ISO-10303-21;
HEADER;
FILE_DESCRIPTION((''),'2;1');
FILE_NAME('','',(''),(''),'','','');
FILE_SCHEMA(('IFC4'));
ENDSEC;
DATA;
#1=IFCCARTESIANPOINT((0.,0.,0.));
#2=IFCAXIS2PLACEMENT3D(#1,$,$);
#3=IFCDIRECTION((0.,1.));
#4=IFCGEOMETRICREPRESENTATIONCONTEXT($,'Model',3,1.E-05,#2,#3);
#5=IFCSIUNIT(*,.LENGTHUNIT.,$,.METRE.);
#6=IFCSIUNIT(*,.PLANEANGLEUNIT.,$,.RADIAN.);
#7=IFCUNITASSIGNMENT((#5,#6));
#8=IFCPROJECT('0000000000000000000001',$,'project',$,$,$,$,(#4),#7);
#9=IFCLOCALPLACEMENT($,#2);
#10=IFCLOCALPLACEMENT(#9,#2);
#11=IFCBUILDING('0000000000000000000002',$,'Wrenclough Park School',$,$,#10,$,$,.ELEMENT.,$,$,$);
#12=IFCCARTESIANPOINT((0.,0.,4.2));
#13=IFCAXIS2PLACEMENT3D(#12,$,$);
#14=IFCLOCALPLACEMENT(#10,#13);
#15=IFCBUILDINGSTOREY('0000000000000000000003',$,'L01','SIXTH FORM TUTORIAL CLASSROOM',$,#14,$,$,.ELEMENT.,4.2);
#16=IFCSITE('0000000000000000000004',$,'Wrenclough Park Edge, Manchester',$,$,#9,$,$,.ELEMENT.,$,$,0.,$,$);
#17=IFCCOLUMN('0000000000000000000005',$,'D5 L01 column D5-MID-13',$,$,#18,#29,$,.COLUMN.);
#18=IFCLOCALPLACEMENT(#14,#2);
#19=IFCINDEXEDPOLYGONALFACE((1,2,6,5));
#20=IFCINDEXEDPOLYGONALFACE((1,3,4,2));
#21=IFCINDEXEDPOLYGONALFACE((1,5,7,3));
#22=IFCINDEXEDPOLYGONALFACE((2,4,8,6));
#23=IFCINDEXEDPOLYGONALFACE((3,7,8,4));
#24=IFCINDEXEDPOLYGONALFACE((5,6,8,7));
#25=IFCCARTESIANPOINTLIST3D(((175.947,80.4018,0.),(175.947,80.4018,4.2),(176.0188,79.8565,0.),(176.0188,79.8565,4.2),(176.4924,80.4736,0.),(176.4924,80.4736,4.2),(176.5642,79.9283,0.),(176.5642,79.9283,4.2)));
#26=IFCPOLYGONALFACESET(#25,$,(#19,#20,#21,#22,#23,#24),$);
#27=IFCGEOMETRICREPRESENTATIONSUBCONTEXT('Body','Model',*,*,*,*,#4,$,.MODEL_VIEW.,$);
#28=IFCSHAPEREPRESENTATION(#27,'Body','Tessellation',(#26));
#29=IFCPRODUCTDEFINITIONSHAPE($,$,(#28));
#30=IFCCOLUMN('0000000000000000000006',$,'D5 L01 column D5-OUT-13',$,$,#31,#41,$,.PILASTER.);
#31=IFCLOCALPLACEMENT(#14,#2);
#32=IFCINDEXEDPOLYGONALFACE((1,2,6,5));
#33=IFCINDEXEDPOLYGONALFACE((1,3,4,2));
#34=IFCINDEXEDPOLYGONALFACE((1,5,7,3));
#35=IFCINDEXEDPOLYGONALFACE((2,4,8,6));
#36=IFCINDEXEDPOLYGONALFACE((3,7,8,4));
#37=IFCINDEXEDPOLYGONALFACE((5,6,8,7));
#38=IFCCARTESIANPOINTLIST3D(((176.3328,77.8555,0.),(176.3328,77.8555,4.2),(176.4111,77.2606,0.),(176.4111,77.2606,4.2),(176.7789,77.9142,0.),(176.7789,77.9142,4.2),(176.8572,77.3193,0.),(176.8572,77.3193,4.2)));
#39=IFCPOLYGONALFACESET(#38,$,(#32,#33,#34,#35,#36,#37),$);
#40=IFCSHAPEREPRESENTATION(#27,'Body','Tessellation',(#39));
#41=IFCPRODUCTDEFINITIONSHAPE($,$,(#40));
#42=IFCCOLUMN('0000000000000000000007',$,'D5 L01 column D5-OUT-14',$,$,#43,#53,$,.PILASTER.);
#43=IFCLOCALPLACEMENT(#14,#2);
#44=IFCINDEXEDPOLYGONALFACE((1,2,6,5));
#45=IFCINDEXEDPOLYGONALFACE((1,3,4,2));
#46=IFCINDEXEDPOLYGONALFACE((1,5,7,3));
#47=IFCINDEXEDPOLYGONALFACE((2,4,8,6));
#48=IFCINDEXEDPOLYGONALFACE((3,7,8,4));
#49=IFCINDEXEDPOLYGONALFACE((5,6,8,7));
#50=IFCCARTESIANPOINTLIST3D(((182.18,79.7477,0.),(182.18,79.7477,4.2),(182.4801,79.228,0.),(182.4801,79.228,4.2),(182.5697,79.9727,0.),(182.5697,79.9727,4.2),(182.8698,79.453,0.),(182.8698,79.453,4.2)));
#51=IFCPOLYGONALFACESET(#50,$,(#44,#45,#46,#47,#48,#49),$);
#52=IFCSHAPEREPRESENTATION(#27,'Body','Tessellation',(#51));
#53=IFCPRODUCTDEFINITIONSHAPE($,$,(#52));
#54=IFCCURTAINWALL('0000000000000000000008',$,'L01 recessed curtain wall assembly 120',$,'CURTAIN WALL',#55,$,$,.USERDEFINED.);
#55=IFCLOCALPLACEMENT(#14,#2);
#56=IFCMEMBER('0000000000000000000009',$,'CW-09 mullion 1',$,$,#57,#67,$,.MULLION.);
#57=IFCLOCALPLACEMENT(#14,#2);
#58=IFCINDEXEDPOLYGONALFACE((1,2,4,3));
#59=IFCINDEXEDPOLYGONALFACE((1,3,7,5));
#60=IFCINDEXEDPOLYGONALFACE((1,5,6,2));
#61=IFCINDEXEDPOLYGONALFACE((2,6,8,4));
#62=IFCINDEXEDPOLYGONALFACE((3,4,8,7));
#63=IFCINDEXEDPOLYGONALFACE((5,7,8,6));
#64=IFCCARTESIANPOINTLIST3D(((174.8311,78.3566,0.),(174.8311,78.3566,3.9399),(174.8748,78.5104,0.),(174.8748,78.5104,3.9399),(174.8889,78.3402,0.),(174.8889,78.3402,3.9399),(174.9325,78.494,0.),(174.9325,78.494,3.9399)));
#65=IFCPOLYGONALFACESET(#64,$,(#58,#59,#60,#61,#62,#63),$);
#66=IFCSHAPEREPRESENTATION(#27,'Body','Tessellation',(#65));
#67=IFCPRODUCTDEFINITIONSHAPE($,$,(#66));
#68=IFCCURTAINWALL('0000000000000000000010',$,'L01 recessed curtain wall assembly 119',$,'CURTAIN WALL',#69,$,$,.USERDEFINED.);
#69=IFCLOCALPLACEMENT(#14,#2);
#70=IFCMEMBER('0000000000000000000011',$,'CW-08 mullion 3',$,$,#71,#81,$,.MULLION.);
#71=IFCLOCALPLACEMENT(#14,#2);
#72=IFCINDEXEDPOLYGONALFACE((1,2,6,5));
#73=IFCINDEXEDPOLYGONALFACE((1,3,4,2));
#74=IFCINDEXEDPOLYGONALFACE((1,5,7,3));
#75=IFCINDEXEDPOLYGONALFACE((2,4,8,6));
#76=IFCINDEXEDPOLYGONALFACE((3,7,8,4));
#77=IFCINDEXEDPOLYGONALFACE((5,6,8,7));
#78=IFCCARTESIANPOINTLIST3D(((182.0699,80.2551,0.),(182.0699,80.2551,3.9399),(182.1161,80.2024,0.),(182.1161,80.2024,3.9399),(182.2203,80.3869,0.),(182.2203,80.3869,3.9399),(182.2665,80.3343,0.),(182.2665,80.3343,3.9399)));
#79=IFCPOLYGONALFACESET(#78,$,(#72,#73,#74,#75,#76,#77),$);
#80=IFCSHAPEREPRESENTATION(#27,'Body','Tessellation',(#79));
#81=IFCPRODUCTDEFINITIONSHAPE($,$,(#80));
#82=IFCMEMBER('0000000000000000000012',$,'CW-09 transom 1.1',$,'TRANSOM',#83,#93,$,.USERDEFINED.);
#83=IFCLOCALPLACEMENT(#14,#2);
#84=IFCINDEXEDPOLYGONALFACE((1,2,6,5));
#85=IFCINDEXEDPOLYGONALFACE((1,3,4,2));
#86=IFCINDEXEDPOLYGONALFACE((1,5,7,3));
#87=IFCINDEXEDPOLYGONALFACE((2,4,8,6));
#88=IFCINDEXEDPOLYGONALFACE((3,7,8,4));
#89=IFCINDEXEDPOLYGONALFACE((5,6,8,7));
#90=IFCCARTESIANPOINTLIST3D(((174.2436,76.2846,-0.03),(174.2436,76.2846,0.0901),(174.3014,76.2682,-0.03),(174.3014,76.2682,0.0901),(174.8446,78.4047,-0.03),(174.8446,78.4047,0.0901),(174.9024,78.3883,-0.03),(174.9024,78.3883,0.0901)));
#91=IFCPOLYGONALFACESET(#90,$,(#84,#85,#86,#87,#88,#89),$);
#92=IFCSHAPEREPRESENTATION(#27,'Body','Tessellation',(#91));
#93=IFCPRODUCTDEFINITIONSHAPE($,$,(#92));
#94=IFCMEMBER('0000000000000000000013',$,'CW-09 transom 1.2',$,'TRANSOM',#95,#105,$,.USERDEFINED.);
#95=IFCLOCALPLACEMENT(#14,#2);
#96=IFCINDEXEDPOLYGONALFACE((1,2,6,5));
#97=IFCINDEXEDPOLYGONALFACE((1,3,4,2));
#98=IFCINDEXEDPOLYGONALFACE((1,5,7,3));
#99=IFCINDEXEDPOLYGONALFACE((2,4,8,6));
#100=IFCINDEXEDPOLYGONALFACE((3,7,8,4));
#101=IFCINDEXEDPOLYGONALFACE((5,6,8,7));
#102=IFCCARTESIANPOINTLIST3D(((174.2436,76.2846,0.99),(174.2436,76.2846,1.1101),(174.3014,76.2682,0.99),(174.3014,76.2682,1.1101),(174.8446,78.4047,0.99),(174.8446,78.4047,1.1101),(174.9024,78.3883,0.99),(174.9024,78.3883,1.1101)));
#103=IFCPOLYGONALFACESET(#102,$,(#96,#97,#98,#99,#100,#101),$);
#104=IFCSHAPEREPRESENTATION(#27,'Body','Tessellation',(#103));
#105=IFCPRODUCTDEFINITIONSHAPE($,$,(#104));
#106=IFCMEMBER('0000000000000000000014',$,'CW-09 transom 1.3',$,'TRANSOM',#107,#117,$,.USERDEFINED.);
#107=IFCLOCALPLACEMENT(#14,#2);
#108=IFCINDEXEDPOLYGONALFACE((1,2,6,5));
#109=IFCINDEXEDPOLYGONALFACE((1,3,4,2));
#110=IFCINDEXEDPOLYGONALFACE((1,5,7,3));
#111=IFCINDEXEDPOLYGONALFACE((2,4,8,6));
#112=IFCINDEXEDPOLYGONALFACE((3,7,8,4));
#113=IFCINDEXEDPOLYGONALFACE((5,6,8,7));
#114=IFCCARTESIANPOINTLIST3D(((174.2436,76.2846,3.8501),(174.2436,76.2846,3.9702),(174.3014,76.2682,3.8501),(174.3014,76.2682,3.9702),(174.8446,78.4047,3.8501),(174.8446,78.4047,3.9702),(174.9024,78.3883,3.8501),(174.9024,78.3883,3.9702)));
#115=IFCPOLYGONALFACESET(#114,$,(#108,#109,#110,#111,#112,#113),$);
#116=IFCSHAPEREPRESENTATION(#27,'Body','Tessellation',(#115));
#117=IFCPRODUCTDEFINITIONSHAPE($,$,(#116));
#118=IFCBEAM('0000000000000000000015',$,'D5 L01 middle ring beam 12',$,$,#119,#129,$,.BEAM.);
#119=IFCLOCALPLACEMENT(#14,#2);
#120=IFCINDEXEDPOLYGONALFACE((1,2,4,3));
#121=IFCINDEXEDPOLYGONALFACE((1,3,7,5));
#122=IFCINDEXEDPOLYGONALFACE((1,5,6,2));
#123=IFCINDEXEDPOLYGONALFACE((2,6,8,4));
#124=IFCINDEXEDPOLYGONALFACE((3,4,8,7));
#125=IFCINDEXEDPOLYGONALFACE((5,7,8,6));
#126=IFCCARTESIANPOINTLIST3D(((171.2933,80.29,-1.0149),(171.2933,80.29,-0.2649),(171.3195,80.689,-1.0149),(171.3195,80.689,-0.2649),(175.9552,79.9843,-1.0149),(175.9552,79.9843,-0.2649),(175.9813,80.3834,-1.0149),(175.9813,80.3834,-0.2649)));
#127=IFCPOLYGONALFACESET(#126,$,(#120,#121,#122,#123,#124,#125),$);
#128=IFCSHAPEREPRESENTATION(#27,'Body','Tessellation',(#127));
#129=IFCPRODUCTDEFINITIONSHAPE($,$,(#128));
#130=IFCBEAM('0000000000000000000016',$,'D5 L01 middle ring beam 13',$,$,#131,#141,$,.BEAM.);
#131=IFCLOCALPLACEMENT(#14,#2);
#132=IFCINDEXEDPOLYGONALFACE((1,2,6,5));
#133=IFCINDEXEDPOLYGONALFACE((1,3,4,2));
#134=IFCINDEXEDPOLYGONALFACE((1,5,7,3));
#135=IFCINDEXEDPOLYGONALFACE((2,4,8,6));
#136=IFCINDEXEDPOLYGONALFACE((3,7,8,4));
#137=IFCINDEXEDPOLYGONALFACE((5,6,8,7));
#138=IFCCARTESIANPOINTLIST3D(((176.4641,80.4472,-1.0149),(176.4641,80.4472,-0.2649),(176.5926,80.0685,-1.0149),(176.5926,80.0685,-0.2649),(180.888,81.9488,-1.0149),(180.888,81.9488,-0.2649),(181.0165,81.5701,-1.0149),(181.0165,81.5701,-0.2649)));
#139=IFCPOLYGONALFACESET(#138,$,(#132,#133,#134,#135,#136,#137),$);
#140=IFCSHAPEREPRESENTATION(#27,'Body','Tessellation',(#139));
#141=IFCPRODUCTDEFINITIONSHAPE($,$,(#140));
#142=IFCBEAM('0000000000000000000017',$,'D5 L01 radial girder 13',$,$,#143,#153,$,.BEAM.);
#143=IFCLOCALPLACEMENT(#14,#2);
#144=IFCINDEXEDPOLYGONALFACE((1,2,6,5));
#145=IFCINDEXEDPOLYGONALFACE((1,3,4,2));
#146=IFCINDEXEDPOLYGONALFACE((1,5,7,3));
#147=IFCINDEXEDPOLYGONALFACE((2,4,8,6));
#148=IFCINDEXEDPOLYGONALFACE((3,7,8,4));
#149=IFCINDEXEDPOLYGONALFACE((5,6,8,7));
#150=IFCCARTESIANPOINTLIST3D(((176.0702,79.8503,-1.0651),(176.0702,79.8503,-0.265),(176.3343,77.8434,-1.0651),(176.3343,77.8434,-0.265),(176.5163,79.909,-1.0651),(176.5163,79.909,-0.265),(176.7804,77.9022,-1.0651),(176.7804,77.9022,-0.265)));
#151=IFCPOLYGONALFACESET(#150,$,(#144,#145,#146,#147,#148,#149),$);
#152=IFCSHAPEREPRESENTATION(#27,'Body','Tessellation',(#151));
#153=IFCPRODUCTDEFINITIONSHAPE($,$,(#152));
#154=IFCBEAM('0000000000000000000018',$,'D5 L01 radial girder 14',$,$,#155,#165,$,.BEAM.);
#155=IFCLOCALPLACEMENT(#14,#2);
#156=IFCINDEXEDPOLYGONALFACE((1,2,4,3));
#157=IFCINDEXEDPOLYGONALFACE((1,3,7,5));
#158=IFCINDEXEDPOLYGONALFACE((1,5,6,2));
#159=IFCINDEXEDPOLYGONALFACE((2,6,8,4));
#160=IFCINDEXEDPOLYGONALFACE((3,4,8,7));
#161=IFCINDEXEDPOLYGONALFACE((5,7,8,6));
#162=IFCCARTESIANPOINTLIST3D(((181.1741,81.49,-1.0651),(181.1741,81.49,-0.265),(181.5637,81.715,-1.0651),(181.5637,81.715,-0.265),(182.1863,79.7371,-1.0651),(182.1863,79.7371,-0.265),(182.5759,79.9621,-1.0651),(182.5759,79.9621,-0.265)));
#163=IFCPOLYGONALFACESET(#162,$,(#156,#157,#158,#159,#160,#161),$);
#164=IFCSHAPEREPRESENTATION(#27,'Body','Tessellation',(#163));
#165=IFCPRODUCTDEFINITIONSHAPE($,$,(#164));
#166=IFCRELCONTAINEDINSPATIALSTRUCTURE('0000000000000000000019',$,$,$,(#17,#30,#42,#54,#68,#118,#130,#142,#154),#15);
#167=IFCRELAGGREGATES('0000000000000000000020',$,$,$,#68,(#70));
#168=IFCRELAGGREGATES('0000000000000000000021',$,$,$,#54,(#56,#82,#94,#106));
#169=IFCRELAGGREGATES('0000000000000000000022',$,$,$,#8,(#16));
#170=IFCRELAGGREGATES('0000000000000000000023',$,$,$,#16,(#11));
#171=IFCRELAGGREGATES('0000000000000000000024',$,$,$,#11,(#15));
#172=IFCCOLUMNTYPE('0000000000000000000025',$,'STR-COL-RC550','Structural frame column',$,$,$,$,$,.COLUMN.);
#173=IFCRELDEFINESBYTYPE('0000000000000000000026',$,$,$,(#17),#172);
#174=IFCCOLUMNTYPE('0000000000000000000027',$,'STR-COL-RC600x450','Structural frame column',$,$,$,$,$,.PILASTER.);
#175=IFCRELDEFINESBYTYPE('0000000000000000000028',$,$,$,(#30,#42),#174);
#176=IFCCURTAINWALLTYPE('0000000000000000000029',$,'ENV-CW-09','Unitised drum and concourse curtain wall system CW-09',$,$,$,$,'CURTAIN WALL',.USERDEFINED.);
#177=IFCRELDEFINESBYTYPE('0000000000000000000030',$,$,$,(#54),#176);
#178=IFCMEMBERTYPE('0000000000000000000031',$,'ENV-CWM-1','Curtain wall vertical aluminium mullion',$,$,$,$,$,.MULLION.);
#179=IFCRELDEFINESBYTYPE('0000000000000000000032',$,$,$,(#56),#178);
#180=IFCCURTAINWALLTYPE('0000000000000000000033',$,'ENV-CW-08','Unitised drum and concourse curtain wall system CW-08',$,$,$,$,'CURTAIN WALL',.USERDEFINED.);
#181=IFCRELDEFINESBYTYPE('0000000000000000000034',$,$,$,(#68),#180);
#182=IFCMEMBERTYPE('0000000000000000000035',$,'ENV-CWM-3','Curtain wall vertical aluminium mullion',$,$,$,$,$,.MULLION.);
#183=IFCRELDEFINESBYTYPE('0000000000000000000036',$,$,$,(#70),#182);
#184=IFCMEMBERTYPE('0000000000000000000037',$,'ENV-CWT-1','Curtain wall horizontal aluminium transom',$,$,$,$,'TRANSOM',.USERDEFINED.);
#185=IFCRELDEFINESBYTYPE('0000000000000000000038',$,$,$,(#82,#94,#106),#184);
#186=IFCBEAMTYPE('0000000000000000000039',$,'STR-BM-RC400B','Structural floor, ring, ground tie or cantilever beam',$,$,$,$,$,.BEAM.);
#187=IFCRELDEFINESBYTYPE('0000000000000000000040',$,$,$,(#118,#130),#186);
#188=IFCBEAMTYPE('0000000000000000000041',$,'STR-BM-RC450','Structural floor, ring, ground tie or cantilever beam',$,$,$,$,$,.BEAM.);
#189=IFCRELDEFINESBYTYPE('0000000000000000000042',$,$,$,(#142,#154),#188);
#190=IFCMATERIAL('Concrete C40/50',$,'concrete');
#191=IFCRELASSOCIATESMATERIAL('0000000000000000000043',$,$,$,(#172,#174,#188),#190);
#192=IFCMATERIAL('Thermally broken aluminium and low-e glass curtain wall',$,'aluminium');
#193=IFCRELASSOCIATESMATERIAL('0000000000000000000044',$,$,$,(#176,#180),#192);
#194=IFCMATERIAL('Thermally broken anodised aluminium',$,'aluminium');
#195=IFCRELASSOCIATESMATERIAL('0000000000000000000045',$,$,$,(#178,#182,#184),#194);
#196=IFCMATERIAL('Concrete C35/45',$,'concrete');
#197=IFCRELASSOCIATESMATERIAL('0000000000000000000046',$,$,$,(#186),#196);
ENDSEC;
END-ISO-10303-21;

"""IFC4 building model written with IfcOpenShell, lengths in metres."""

from ifc_helpers import new_model, si_unit, direction, frame, origin, origin_2d, place, context, subcontext, project, spatial, rectangle, extrude, material, material_profile, profile_set, type_object, element, aggregate, save


model = new_model("IFC4")

# Units and contexts
model_context = context("Model", 3, precision=1e-05, world=origin(), true_north=direction((0.0, 1.0)))
body_context = subcontext(model_context, "Body", "Model", "MODEL_VIEW")
ifc_project = project(units=[si_unit("LENGTHUNIT", "METRE"), si_unit("PLANEANGLEUNIT", "RADIAN")], contexts=[model_context])

# Site, building, storey
site_placement = place(None, origin())
site = spatial("IfcSite", under=ifc_project, at=site_placement, Name="Wrenclough Park Edge, Manchester", CompositionType="ELEMENT", RefElevation=0.0)
building_placement = place(site_placement, origin())
building = spatial("IfcBuilding", under=site, at=building_placement, Name="Wrenclough Park School", CompositionType="ELEMENT")
storey_placement = place(building_placement, frame((0.0, 0.0, 4.2)))
storey = spatial("IfcBuildingStorey", under=building, at=storey_placement, Name="L01", Description="SIXTH FORM TUTORIAL CLASSROOM", CompositionType="ELEMENT", Elevation=4.2)

# Columns
ifc_material_1 = material(Name="Concrete C40/50", Category="concrete")
ifc_material_profile_1 = material_profile(ifc_material_1, rectangle(XDim=0.55, YDim=0.55, at=origin_2d()), Name="RC COL 550x550")
ifc_profile_set_1 = profile_set([ifc_material_profile_1], Name="Concrete C40/50")
column_type_1 = type_object("IfcColumnType", Name="STR-COL-RC550", Description="Structural frame column", PredefinedType="COLUMN", material=ifc_profile_set_1)
column_placement = place(storey_placement, frame((176.2556, 80.165, 0.0), z_axis=(0.0, 0.0, 1.0), x_axis=(0.991445, 0.130526, 0.0)))
element("IfcColumn", 1, at=column_placement, inside=storey, type_object=column_type_1, Name="D5 L01 column D5-MID-13", PredefinedType="COLUMN", context=body_context, shape_type="SweptSolid", body=[
    extrude(rectangle(XDim=0.55, YDim=0.55, at=origin_2d()), origin(), (0.0, 0.0, 1.0), 4.2),
])
ifc_material_profile_2 = material_profile(ifc_material_1, rectangle(XDim=0.45, YDim=0.6001, at=origin_2d()), Name="RC COL 600x450")
ifc_profile_set_2 = profile_set([ifc_material_profile_2], Name="Concrete C40/50")
column_type_2 = type_object("IfcColumnType", Name="STR-COL-RC600x450", Description="Structural frame column", PredefinedType="PILASTER", material=ifc_profile_set_2)
for number, where, z_axis, x_axis, name in (
    (2, (176.595, 77.5874, 0.0), (0.0, 0.0, 1.0), (0.991445, 0.130526, 0.0), "D5 L01 column D5-OUT-13"),
    (3, (182.5249, 79.6003, 0.0), (0.0, 0.0, 1.0), (0.866025, 0.5, 0.0), "D5 L01 column D5-OUT-14"),
):
    element("IfcColumn", number, at=place(storey_placement, frame(where, z_axis=z_axis, x_axis=x_axis)), inside=storey, type_object=column_type_2, Name=name, PredefinedType="PILASTER", context=body_context, shape_type="SweptSolid", body=[
        extrude(rectangle(XDim=0.45, YDim=0.6001, at=origin_2d()), origin(), (0.0, 0.0, 1.0), 4.2),
    ])

# Curtain walls, members
ifc_material_2 = material(Name="Thermally broken aluminium and low-e glass curtain wall", Category="aluminium")
curtain_wall_type_1 = type_object("IfcCurtainWallType", Name="ENV-CW-09", Description="Unitised drum and concourse curtain wall system CW-09", ElementType="CURTAIN WALL", PredefinedType="USERDEFINED", material=ifc_material_2)
curtain_wall_1_placement = place(storey_placement, origin())
curtain_wall_1 = element("IfcCurtainWall", 4, at=curtain_wall_1_placement, inside=storey, type_object=curtain_wall_type_1, Name="L01 recessed curtain wall assembly 120", ObjectType="CURTAIN WALL", PredefinedType="USERDEFINED")
ifc_material_3 = material(Name="Thermally broken anodised aluminium", Category="aluminium")
ifc_material_profile_3 = material_profile(ifc_material_3, rectangle(XDim=0.0601, YDim=0.1599, at=origin_2d()), Name="AL MULLION 60x160")
ifc_profile_set_3 = profile_set([ifc_material_profile_3], Name="Thermally broken anodised aluminium")
member_type_1 = type_object("IfcMemberType", Name="ENV-CWM-1", Description="Curtain wall vertical aluminium mullion", PredefinedType="MULLION", material=ifc_profile_set_3)
member_1_placement = place(storey_placement, frame((174.8818, 78.4253, 0.0), z_axis=(0.0, 0.0, 1.0), x_axis=(0.962063, -0.272826, 0.0)))
member_1 = element("IfcMember", 5, at=member_1_placement, type_object=member_type_1, Name="CW-09 mullion 1", PredefinedType="MULLION", context=body_context, shape_type="SweptSolid", body=[
    extrude(rectangle(XDim=0.0601, YDim=0.1599, at=origin_2d()), origin(), (0.0, 0.0, 1.0), 3.9399),
])
curtain_wall_type_2 = type_object("IfcCurtainWallType", Name="ENV-CW-08", Description="Unitised drum and concourse curtain wall system CW-08", ElementType="CURTAIN WALL", PredefinedType="USERDEFINED", material=ifc_material_2)
curtain_wall_2_placement = place(storey_placement, origin())
curtain_wall_2 = element("IfcCurtainWall", 6, at=curtain_wall_2_placement, inside=storey, type_object=curtain_wall_type_2, Name="L01 recessed curtain wall assembly 119", ObjectType="CURTAIN WALL", PredefinedType="USERDEFINED")
ifc_material_profile_4 = material_profile(ifc_material_3, rectangle(XDim=0.0701, YDim=0.2, at=origin_2d()), Name="AL MULLION 70x200")
ifc_profile_set_4 = profile_set([ifc_material_profile_4], Name="Thermally broken anodised aluminium")
member_type_2 = type_object("IfcMemberType", Name="ENV-CWM-3", Description="Curtain wall vertical aluminium mullion", PredefinedType="MULLION", material=ifc_profile_set_4)
member_2_placement = place(storey_placement, frame((182.1682, 80.2947, 0.0), z_axis=(0.0, 0.0, 1.0), x_axis=(0.659365, -0.751823, 0.0)))
member_2 = element("IfcMember", 7, at=member_2_placement, type_object=member_type_2, Name="CW-08 mullion 3", PredefinedType="MULLION", context=body_context, shape_type="SweptSolid", body=[
    extrude(rectangle(XDim=0.0701, YDim=0.2, at=origin_2d()), origin(), (0.0, 0.0, 1.0), 3.9399),
])
aggregate(curtain_wall_2, [member_2])

# Members
ifc_material_profile_5 = material_profile(ifc_material_3, rectangle(XDim=0.0601, YDim=0.1201, at=origin_2d()), Name="AL TRANSOM 60x120")
ifc_profile_set_5 = profile_set([ifc_material_profile_5], Name="Thermally broken anodised aluminium")
member_type_3 = type_object("IfcMemberType", Name="ENV-CWT-1", Description="Curtain wall horizontal aluminium transom", ElementType="TRANSOM", PredefinedType="USERDEFINED", material=ifc_profile_set_5)
member_3_placement = place(storey_placement, frame((174.8735, 78.3965, 0.03), z_axis=(-0.27276, -0.962082, 0.0), x_axis=(0.962082, -0.27276, 0.0)))
member_3 = element("IfcMember", 8, at=member_3_placement, type_object=member_type_3, Name="CW-09 transom 1.1", ObjectType="TRANSOM", PredefinedType="USERDEFINED", context=body_context, shape_type="SweptSolid", body=[
    extrude(rectangle(XDim=0.0601, YDim=0.1201, at=origin_2d()), origin(), (0.0, 0.0, 1.0), 2.2036),
])
member_4_placement = place(storey_placement, frame((174.8735, 78.3965, 1.05), z_axis=(-0.27276, -0.962082, 0.0), x_axis=(0.962082, -0.27276, 0.0)))
member_4 = element("IfcMember", 9, at=member_4_placement, type_object=member_type_3, Name="CW-09 transom 1.2", ObjectType="TRANSOM", PredefinedType="USERDEFINED", context=body_context, shape_type="SweptSolid", body=[
    extrude(rectangle(XDim=0.0601, YDim=0.1201, at=origin_2d()), origin(), (0.0, 0.0, 1.0), 2.2036),
])
member_5_placement = place(storey_placement, frame((174.8735, 78.3965, 3.9102), z_axis=(-0.27276, -0.962082, 0.0), x_axis=(0.962082, -0.27276, 0.0)))
member_5 = element("IfcMember", 10, at=member_5_placement, type_object=member_type_3, Name="CW-09 transom 1.3", ObjectType="TRANSOM", PredefinedType="USERDEFINED", context=body_context, shape_type="SweptSolid", body=[
    extrude(rectangle(XDim=0.0601, YDim=0.1201, at=origin_2d()), origin(), (0.0, 0.0, 1.0), 2.2036),
])
aggregate(curtain_wall_1, [member_1, member_3, member_4, member_5])

# Beams
ifc_material_4 = material(Name="Concrete C35/45", Category="concrete")
ifc_material_profile_6 = material_profile(ifc_material_4, rectangle(XDim=0.3999, YDim=0.75, at=origin_2d()), Name="RC BEAM 400x750")
ifc_profile_set_6 = profile_set([ifc_material_profile_6], Name="Concrete C35/45")
beam_type_1 = type_object("IfcBeamType", Name="STR-BM-RC400B", Description="Structural floor, ring, ground tie or cantilever beam", PredefinedType="BEAM", material=ifc_profile_set_6)
for number, where, z_axis, x_axis, name in (
    (11, (171.3064, 80.4895, -0.6399), (0.997857, -0.065426, 0.0), (0.065426, 0.997857, 0.0), "D5 L01 middle ring beam 12"),
    (12, (176.5283, 80.2578, -0.6399), (0.946934, 0.321428, 0.0), (-0.321428, 0.946934, 0.0), "D5 L01 middle ring beam 13"),
):
    element("IfcBeam", number, at=place(storey_placement, frame(where, z_axis=z_axis, x_axis=x_axis)), inside=storey, type_object=beam_type_1, Name=name, PredefinedType="BEAM", context=body_context, shape_type="SweptSolid", body=[
        extrude(rectangle(XDim=0.3999, YDim=0.75, at=origin_2d()), origin(), (0.0, 0.0, 1.0), 4.6719),
    ])
ifc_material_profile_7 = material_profile(ifc_material_1, rectangle(XDim=0.45, YDim=0.8, at=origin_2d()), Name="RC BEAM 450x800")
ifc_profile_set_7 = profile_set([ifc_material_profile_7], Name="Concrete C40/50")
beam_type_2 = type_object("IfcBeamType", Name="STR-BM-RC450", Description="Structural floor, ring, ground tie or cantilever beam", PredefinedType="BEAM", material=ifc_profile_set_7)
for number, where, z_axis, x_axis, name in (
    (13, (176.5574, 77.8728, -0.665), (-0.130504, 0.991448, 0.0), (-0.991448, -0.130504, 0.0), "D5 L01 radial girder 13"),
    (14, (182.3811, 79.8496, -0.665), (-0.500057, 0.865993, 0.0), (-0.865993, -0.500057, 0.0), "D5 L01 radial girder 14"),
):
    element("IfcBeam", number, at=place(storey_placement, frame(where, z_axis=z_axis, x_axis=x_axis)), inside=storey, type_object=beam_type_2, Name=name, PredefinedType="BEAM", context=body_context, shape_type="SweptSolid", body=[
        extrude(rectangle(XDim=0.45, YDim=0.8, at=origin_2d()), origin(), (0.0, 0.0, 1.0), 2.0242),
    ])

save(model, "model.ifc")
